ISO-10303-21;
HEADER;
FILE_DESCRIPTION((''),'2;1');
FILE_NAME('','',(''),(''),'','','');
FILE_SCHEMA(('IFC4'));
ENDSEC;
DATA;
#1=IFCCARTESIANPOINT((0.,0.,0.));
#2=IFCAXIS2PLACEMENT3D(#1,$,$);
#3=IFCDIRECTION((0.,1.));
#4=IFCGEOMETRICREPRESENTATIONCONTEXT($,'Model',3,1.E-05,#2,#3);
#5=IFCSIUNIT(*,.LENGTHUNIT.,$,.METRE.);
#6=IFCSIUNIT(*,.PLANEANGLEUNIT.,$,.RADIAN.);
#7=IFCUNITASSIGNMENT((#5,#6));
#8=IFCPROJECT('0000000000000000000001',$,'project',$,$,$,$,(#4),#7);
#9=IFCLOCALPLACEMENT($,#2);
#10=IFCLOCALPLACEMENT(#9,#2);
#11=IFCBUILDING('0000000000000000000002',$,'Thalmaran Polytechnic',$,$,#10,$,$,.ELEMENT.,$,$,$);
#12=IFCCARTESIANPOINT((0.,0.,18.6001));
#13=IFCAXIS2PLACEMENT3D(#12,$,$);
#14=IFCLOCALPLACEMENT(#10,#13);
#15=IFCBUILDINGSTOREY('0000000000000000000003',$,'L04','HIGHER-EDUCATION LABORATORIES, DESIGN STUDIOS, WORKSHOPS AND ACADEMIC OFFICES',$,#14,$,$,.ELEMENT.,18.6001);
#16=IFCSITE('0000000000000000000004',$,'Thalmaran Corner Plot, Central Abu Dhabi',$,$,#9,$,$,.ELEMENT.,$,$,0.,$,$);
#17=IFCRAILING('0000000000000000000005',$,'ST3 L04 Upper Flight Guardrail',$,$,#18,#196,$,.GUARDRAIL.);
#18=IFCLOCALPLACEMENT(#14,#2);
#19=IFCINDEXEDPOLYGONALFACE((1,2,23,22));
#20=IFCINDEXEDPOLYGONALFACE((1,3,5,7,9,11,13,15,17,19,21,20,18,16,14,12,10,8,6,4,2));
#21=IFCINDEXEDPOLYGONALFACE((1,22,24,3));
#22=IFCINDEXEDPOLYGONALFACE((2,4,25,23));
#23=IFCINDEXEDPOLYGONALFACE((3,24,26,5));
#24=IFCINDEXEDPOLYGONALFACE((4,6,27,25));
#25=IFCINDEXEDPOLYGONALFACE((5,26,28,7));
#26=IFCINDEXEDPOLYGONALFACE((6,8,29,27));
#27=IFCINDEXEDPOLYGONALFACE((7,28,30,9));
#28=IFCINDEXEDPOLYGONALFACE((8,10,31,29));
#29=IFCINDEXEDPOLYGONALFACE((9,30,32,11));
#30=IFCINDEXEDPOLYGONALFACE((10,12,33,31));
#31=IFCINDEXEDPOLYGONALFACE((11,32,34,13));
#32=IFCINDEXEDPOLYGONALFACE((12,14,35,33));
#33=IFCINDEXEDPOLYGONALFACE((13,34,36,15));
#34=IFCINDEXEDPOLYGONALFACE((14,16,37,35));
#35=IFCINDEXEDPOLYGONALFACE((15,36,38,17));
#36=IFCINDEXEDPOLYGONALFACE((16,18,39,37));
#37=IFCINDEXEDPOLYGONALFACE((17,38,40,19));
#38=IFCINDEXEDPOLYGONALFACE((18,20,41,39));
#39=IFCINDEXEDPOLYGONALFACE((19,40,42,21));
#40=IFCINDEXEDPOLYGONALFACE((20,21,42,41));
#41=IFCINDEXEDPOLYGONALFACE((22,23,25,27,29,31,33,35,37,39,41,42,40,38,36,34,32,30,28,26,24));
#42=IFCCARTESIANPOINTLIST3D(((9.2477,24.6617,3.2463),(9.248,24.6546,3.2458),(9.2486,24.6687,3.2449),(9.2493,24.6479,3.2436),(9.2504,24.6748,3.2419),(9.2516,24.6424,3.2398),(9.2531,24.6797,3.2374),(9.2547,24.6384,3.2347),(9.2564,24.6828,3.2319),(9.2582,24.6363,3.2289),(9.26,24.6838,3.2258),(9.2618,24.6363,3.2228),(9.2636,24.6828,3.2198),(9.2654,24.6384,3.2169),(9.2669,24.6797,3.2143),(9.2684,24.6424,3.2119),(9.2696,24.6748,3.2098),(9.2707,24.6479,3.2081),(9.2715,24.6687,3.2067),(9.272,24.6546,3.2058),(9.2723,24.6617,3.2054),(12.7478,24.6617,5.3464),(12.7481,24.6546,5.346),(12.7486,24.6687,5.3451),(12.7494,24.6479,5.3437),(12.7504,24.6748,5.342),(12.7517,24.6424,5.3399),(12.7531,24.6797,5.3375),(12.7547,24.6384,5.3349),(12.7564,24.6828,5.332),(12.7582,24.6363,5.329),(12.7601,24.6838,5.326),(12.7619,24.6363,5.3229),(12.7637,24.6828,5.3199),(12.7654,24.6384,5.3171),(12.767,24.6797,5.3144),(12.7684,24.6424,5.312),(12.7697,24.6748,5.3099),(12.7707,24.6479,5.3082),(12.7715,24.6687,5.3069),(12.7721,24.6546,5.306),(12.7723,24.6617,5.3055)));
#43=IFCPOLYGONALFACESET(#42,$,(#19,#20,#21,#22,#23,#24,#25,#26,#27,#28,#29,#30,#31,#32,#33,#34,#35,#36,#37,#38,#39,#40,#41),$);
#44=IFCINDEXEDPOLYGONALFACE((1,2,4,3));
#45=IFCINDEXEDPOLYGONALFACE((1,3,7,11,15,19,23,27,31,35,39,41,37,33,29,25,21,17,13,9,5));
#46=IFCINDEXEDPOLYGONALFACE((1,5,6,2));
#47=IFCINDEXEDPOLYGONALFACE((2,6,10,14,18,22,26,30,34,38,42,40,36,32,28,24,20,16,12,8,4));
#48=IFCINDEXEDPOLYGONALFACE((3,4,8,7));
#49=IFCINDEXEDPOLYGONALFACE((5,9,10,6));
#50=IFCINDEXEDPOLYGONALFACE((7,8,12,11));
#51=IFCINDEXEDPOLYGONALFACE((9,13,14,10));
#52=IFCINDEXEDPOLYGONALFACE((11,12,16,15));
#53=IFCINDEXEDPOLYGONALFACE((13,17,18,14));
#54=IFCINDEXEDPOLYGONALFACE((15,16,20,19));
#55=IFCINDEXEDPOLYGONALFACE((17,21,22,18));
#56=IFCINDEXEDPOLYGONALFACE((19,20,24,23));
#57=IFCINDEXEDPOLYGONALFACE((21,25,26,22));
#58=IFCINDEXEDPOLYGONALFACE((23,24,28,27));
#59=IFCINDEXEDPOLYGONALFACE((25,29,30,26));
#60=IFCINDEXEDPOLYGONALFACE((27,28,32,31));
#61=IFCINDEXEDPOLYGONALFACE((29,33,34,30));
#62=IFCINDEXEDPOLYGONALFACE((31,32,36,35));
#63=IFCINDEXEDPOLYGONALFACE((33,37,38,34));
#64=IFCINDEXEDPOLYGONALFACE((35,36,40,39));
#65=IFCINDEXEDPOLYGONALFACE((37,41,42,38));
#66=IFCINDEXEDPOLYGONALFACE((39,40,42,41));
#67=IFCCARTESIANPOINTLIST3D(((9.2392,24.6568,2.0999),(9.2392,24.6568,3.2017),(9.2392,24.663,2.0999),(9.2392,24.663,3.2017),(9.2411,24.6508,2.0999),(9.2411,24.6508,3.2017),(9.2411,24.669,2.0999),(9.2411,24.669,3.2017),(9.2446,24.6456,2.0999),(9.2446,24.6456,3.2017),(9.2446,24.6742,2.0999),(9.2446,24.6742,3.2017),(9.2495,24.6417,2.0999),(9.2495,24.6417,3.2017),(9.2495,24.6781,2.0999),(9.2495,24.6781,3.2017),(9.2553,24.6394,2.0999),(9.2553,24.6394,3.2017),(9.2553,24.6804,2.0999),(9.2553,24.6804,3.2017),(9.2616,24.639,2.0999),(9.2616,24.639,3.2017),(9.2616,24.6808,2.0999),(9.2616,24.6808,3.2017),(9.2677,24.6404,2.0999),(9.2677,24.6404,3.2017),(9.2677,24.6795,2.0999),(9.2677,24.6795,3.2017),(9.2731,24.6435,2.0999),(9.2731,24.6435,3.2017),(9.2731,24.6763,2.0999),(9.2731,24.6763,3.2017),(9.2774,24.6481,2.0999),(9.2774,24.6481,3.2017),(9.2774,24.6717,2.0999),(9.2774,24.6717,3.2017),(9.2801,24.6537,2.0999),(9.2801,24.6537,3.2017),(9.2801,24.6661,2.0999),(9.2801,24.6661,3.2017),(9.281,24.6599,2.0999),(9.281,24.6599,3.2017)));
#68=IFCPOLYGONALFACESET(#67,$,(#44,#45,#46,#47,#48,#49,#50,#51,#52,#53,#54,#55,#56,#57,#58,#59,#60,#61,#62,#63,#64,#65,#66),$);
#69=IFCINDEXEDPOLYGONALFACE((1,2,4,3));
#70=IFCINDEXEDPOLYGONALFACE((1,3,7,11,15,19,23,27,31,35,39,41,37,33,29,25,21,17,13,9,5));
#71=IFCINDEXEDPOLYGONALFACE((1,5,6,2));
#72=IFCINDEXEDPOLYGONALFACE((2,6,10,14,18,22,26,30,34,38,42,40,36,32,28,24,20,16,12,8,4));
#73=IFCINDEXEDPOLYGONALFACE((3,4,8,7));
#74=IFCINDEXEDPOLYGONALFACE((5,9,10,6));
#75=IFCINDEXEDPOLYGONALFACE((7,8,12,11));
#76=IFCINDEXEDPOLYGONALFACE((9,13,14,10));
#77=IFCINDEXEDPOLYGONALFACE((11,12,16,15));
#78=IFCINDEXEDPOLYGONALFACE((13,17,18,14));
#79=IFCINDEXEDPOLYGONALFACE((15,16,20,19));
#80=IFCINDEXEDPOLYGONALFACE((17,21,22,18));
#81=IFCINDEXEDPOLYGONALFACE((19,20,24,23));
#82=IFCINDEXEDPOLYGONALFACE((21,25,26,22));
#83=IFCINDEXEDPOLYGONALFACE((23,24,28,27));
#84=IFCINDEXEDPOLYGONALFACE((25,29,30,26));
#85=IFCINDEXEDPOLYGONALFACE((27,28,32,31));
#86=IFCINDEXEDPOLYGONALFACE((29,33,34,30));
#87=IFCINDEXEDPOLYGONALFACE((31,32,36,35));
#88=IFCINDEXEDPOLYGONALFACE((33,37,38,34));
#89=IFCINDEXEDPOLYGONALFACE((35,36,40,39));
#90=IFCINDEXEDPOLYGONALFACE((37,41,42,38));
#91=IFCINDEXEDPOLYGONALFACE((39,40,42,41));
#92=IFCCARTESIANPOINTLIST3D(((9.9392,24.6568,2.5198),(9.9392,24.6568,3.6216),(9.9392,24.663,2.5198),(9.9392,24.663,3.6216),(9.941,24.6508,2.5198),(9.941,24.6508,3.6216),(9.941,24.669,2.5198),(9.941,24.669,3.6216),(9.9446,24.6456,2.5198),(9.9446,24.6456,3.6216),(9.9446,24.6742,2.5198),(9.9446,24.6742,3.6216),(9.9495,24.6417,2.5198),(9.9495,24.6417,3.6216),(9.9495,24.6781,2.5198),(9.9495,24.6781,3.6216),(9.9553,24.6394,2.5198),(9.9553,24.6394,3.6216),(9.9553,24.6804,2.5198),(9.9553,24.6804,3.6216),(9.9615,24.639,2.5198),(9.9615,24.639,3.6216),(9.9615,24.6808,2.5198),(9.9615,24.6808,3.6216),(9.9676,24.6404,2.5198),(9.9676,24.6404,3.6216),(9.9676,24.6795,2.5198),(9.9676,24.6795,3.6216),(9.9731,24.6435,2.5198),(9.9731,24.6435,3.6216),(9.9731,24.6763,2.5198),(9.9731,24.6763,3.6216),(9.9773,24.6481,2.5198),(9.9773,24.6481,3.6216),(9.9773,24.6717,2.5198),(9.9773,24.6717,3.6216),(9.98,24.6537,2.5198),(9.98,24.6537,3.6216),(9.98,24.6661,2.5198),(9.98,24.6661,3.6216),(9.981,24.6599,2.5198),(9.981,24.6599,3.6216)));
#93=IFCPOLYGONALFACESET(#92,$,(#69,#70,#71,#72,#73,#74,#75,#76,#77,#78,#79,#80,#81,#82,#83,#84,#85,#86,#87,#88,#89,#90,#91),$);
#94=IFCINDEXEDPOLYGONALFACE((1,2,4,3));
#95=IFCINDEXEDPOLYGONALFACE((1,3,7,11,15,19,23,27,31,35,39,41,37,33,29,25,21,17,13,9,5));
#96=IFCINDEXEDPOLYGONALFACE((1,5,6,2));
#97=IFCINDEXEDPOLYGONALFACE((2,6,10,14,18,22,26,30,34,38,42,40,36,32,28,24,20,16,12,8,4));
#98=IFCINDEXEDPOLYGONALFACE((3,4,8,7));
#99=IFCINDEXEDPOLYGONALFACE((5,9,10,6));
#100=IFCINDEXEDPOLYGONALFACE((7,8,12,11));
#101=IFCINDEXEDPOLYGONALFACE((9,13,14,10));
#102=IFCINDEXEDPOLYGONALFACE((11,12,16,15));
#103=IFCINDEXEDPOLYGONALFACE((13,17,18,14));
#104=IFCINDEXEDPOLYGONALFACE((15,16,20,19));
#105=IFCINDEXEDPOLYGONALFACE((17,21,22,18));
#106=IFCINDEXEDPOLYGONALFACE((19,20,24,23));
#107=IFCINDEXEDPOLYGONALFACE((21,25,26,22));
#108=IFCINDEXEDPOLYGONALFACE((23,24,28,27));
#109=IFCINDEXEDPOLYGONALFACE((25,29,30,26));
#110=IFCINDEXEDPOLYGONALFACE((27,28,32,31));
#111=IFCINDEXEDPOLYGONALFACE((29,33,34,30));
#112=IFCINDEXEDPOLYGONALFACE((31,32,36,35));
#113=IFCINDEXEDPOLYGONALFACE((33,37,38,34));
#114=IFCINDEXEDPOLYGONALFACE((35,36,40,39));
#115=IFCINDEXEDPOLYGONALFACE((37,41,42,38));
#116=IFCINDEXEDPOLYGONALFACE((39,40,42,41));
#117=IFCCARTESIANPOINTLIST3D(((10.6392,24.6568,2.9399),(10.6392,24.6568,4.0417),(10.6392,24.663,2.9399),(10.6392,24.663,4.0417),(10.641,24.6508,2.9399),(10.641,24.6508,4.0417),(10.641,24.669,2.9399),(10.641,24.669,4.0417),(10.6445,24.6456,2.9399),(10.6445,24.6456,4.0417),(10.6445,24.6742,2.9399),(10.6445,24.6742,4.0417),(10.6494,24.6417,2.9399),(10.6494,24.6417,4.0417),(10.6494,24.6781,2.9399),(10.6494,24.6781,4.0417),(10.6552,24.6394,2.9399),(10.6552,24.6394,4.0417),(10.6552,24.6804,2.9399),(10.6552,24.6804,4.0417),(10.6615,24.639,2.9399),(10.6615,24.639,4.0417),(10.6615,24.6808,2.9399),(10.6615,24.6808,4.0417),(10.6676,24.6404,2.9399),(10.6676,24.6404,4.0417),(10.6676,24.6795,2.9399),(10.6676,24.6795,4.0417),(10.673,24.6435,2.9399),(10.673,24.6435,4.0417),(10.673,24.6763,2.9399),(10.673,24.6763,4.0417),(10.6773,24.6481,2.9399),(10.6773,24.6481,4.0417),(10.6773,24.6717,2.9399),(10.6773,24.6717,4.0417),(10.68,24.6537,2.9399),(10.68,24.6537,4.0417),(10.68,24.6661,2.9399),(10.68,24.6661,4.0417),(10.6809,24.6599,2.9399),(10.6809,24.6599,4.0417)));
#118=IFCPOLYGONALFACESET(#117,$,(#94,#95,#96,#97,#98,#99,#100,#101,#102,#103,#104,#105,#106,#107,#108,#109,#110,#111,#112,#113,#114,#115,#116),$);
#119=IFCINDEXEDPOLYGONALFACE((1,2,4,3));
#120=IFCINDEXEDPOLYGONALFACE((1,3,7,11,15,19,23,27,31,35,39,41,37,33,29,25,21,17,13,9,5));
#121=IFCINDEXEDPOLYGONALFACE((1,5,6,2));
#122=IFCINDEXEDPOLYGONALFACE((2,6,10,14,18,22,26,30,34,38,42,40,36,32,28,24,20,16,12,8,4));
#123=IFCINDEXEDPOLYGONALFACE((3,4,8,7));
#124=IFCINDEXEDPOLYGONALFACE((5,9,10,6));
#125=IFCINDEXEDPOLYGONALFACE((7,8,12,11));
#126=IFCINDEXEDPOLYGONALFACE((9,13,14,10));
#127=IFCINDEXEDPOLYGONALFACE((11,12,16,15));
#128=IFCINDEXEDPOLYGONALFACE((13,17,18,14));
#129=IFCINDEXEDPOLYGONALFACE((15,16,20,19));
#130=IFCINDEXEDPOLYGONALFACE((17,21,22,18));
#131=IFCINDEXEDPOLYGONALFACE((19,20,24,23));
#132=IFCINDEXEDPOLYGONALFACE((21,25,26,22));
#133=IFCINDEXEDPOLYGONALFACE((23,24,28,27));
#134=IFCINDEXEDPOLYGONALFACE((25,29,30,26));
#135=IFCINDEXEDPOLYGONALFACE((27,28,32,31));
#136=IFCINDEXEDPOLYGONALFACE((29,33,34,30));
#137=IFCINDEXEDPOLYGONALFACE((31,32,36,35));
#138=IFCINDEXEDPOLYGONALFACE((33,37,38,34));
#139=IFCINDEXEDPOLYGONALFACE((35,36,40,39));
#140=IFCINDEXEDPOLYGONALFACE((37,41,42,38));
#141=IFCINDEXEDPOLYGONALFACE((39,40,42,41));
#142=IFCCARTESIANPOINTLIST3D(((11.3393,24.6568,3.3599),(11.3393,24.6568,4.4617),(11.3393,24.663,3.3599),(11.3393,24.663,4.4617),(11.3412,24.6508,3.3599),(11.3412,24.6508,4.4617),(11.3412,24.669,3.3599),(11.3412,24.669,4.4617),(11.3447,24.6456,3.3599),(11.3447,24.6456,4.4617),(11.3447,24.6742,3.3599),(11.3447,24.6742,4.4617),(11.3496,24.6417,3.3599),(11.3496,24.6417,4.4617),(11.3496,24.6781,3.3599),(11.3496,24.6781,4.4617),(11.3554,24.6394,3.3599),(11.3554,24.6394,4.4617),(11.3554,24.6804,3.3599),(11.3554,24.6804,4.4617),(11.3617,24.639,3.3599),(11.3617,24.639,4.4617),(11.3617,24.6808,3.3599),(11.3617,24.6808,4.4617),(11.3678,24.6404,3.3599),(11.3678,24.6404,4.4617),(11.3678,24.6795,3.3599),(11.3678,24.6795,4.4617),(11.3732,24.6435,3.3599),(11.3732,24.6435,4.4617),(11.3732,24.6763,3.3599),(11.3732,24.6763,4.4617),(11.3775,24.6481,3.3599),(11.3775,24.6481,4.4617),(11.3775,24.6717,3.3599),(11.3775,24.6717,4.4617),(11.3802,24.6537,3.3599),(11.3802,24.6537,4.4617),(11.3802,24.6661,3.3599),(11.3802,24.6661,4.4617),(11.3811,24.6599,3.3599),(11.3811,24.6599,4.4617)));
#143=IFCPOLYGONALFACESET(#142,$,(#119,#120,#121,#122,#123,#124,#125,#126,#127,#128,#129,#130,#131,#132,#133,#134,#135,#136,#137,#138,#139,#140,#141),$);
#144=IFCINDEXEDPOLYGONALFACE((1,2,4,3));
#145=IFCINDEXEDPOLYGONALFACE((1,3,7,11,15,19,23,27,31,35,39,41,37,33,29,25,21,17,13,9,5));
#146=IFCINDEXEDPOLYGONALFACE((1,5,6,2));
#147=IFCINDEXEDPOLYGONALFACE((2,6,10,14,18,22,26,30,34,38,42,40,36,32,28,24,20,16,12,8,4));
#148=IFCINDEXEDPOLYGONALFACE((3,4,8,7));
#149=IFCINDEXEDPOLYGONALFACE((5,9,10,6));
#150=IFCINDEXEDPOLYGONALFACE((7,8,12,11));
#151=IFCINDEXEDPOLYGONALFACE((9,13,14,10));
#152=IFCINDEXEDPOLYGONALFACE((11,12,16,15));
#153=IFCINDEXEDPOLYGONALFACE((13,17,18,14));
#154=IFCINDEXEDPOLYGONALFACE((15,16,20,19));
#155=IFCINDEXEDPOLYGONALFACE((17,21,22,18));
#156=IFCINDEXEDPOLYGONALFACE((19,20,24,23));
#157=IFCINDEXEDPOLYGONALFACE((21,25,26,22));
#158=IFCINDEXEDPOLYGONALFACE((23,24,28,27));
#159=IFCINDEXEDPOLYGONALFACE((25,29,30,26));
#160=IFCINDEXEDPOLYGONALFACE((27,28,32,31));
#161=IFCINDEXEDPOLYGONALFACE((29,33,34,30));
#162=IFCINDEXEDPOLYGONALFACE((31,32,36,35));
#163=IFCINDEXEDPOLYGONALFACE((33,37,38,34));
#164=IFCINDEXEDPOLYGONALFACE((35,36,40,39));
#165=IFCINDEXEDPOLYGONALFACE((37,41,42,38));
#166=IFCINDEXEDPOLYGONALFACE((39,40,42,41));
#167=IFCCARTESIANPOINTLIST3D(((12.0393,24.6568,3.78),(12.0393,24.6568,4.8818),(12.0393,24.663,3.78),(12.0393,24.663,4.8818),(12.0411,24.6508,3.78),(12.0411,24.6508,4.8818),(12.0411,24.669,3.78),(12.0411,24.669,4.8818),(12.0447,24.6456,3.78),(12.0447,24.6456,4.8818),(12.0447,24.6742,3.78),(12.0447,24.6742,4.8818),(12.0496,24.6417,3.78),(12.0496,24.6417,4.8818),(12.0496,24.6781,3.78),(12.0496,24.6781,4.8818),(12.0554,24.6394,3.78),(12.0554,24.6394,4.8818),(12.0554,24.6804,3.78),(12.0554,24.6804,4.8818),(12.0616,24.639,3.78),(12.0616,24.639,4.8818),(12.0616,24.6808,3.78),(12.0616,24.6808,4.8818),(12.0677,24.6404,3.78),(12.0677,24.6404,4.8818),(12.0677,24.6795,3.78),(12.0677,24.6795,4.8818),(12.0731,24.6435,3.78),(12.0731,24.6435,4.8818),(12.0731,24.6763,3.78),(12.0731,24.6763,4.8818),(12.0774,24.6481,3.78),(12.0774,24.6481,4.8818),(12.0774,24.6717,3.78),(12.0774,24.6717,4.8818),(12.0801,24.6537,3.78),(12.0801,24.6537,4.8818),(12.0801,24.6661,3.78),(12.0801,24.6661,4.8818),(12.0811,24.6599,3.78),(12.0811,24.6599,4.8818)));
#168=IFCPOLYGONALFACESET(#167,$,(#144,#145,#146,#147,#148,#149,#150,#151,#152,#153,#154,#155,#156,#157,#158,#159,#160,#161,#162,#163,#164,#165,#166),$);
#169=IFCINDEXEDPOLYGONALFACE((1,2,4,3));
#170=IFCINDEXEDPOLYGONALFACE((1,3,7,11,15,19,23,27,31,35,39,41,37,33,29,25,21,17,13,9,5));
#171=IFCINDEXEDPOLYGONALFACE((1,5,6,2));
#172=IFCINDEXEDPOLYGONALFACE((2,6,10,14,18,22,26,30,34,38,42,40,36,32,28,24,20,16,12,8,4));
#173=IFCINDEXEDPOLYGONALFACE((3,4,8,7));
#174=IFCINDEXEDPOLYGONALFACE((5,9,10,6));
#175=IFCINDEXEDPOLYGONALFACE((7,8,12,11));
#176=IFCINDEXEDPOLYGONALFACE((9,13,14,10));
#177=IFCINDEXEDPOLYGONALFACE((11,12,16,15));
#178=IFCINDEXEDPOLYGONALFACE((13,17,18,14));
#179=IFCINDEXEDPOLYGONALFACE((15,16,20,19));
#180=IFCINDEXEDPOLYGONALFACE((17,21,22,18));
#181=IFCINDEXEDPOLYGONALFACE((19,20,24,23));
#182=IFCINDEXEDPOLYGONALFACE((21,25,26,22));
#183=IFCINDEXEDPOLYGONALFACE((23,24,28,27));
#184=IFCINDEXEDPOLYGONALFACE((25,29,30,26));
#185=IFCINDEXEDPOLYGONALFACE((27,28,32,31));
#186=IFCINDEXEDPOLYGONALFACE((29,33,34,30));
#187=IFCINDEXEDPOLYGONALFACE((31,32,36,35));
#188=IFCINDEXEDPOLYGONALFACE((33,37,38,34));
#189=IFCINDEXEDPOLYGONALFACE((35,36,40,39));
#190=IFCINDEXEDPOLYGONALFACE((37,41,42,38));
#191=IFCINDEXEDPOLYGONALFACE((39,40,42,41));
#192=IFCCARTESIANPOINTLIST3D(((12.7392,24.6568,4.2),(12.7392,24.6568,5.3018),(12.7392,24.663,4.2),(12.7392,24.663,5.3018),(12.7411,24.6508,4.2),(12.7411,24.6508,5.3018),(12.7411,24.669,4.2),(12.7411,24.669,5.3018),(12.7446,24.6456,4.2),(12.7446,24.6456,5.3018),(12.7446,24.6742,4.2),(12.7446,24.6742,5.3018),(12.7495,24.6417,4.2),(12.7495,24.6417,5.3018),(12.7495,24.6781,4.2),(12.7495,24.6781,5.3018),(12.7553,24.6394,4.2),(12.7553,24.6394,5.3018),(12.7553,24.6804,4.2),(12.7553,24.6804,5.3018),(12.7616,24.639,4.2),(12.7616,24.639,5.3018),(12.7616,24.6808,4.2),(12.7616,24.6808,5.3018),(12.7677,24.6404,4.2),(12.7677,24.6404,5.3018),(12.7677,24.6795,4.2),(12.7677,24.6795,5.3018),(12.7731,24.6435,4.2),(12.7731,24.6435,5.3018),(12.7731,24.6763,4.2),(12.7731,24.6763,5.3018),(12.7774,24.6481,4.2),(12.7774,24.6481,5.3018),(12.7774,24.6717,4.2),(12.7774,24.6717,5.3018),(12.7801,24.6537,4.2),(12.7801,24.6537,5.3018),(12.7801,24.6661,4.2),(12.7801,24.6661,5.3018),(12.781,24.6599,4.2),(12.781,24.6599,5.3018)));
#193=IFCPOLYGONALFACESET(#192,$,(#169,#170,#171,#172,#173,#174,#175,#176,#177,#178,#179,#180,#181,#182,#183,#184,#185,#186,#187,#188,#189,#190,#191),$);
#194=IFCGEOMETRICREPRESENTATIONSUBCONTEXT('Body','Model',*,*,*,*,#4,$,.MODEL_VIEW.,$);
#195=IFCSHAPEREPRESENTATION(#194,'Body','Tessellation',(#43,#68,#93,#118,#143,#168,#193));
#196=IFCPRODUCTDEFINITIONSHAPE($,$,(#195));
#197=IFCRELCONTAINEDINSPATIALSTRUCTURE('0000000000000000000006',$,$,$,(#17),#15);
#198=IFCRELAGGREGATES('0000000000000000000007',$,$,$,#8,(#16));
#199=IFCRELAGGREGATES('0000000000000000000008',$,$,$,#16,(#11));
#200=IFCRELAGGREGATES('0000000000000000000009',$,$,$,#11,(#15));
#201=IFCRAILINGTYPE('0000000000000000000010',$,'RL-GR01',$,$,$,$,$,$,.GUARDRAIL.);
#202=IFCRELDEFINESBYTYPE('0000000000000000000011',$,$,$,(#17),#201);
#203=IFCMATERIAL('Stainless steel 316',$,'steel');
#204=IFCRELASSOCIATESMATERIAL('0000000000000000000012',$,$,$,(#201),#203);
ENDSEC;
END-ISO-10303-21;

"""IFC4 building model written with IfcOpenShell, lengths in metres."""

from ifc_helpers import new_model, si_unit, direction, frame, origin, origin_2d, place, context, subcontext, project, spatial, circle, extrude, material, type_object, element, save


model = new_model("IFC4")

# Units and contexts
model_context = context("Model", 3, precision=1e-05, world=origin(), true_north=direction((0.0, 1.0)))
body_context = subcontext(model_context, "Body", "Model", "MODEL_VIEW")
ifc_project = project(units=[si_unit("LENGTHUNIT", "METRE"), si_unit("PLANEANGLEUNIT", "RADIAN")], contexts=[model_context])

# Site, building, storey
site_placement = place(None, origin())
site = spatial("IfcSite", under=ifc_project, at=site_placement, Name="Thalmaran Corner Plot, Central Abu Dhabi", CompositionType="ELEMENT", RefElevation=0.0)
building_placement = place(site_placement, origin())
building = spatial("IfcBuilding", under=site, at=building_placement, Name="Thalmaran Polytechnic", CompositionType="ELEMENT")
storey_placement = place(building_placement, frame((0.0, 0.0, 18.6001)))
storey = spatial("IfcBuildingStorey", under=building, at=storey_placement, Name="L04", Description="HIGHER-EDUCATION LABORATORIES, DESIGN STUDIOS, WORKSHOPS AND ACADEMIC OFFICES", CompositionType="ELEMENT", Elevation=18.6001)

# Railing
ifc_material_1 = material(Name="Stainless steel 316", Category="steel")
railing_type_1 = type_object("IfcRailingType", Name="RL-GR01", PredefinedType="GUARDRAIL", material=ifc_material_1)
railing_1_placement = place(storey_placement, frame((9.26, 24.6599, 2.0999)))
element("IfcRailing", 1, at=railing_1_placement, inside=storey, type_object=railing_type_1, Name="ST3 L04 Upper Flight Guardrail", PredefinedType="GUARDRAIL", context=body_context, shape_type="SweptSolid", body=[
    extrude(circle(Radius=0.0239, at=origin_2d()), frame((0.0, 0.0, 1.126), z_axis=(0.857482, 0.0, 0.514513), x_axis=(0.0, 1.0, 0.0)), (0.0, 0.0, 1.0), 4.0818),
    extrude(circle(Radius=0.021, at=origin_2d()), origin(), (0.0, 0.0, 1.0), 1.1018),
    extrude(circle(Radius=0.021, at=origin_2d()), frame((0.7, 0.0, 0.4199)), (0.0, 0.0, 1.0), 1.1018),
    extrude(circle(Radius=0.021, at=origin_2d()), frame((1.3999, 0.0, 0.8401)), (0.0, 0.0, 1.0), 1.1018),
    extrude(circle(Radius=0.021, at=origin_2d()), frame((2.1001, 0.0, 1.26)), (0.0, 0.0, 1.0), 1.1018),
    extrude(circle(Radius=0.021, at=origin_2d()), frame((2.8, 0.0, 1.6802)), (0.0, 0.0, 1.0), 1.1018),
    extrude(circle(Radius=0.021, at=origin_2d()), frame((3.5, 0.0, 2.1001)), (0.0, 0.0, 1.0), 1.1018),
])

save(model, "model.ifc")
